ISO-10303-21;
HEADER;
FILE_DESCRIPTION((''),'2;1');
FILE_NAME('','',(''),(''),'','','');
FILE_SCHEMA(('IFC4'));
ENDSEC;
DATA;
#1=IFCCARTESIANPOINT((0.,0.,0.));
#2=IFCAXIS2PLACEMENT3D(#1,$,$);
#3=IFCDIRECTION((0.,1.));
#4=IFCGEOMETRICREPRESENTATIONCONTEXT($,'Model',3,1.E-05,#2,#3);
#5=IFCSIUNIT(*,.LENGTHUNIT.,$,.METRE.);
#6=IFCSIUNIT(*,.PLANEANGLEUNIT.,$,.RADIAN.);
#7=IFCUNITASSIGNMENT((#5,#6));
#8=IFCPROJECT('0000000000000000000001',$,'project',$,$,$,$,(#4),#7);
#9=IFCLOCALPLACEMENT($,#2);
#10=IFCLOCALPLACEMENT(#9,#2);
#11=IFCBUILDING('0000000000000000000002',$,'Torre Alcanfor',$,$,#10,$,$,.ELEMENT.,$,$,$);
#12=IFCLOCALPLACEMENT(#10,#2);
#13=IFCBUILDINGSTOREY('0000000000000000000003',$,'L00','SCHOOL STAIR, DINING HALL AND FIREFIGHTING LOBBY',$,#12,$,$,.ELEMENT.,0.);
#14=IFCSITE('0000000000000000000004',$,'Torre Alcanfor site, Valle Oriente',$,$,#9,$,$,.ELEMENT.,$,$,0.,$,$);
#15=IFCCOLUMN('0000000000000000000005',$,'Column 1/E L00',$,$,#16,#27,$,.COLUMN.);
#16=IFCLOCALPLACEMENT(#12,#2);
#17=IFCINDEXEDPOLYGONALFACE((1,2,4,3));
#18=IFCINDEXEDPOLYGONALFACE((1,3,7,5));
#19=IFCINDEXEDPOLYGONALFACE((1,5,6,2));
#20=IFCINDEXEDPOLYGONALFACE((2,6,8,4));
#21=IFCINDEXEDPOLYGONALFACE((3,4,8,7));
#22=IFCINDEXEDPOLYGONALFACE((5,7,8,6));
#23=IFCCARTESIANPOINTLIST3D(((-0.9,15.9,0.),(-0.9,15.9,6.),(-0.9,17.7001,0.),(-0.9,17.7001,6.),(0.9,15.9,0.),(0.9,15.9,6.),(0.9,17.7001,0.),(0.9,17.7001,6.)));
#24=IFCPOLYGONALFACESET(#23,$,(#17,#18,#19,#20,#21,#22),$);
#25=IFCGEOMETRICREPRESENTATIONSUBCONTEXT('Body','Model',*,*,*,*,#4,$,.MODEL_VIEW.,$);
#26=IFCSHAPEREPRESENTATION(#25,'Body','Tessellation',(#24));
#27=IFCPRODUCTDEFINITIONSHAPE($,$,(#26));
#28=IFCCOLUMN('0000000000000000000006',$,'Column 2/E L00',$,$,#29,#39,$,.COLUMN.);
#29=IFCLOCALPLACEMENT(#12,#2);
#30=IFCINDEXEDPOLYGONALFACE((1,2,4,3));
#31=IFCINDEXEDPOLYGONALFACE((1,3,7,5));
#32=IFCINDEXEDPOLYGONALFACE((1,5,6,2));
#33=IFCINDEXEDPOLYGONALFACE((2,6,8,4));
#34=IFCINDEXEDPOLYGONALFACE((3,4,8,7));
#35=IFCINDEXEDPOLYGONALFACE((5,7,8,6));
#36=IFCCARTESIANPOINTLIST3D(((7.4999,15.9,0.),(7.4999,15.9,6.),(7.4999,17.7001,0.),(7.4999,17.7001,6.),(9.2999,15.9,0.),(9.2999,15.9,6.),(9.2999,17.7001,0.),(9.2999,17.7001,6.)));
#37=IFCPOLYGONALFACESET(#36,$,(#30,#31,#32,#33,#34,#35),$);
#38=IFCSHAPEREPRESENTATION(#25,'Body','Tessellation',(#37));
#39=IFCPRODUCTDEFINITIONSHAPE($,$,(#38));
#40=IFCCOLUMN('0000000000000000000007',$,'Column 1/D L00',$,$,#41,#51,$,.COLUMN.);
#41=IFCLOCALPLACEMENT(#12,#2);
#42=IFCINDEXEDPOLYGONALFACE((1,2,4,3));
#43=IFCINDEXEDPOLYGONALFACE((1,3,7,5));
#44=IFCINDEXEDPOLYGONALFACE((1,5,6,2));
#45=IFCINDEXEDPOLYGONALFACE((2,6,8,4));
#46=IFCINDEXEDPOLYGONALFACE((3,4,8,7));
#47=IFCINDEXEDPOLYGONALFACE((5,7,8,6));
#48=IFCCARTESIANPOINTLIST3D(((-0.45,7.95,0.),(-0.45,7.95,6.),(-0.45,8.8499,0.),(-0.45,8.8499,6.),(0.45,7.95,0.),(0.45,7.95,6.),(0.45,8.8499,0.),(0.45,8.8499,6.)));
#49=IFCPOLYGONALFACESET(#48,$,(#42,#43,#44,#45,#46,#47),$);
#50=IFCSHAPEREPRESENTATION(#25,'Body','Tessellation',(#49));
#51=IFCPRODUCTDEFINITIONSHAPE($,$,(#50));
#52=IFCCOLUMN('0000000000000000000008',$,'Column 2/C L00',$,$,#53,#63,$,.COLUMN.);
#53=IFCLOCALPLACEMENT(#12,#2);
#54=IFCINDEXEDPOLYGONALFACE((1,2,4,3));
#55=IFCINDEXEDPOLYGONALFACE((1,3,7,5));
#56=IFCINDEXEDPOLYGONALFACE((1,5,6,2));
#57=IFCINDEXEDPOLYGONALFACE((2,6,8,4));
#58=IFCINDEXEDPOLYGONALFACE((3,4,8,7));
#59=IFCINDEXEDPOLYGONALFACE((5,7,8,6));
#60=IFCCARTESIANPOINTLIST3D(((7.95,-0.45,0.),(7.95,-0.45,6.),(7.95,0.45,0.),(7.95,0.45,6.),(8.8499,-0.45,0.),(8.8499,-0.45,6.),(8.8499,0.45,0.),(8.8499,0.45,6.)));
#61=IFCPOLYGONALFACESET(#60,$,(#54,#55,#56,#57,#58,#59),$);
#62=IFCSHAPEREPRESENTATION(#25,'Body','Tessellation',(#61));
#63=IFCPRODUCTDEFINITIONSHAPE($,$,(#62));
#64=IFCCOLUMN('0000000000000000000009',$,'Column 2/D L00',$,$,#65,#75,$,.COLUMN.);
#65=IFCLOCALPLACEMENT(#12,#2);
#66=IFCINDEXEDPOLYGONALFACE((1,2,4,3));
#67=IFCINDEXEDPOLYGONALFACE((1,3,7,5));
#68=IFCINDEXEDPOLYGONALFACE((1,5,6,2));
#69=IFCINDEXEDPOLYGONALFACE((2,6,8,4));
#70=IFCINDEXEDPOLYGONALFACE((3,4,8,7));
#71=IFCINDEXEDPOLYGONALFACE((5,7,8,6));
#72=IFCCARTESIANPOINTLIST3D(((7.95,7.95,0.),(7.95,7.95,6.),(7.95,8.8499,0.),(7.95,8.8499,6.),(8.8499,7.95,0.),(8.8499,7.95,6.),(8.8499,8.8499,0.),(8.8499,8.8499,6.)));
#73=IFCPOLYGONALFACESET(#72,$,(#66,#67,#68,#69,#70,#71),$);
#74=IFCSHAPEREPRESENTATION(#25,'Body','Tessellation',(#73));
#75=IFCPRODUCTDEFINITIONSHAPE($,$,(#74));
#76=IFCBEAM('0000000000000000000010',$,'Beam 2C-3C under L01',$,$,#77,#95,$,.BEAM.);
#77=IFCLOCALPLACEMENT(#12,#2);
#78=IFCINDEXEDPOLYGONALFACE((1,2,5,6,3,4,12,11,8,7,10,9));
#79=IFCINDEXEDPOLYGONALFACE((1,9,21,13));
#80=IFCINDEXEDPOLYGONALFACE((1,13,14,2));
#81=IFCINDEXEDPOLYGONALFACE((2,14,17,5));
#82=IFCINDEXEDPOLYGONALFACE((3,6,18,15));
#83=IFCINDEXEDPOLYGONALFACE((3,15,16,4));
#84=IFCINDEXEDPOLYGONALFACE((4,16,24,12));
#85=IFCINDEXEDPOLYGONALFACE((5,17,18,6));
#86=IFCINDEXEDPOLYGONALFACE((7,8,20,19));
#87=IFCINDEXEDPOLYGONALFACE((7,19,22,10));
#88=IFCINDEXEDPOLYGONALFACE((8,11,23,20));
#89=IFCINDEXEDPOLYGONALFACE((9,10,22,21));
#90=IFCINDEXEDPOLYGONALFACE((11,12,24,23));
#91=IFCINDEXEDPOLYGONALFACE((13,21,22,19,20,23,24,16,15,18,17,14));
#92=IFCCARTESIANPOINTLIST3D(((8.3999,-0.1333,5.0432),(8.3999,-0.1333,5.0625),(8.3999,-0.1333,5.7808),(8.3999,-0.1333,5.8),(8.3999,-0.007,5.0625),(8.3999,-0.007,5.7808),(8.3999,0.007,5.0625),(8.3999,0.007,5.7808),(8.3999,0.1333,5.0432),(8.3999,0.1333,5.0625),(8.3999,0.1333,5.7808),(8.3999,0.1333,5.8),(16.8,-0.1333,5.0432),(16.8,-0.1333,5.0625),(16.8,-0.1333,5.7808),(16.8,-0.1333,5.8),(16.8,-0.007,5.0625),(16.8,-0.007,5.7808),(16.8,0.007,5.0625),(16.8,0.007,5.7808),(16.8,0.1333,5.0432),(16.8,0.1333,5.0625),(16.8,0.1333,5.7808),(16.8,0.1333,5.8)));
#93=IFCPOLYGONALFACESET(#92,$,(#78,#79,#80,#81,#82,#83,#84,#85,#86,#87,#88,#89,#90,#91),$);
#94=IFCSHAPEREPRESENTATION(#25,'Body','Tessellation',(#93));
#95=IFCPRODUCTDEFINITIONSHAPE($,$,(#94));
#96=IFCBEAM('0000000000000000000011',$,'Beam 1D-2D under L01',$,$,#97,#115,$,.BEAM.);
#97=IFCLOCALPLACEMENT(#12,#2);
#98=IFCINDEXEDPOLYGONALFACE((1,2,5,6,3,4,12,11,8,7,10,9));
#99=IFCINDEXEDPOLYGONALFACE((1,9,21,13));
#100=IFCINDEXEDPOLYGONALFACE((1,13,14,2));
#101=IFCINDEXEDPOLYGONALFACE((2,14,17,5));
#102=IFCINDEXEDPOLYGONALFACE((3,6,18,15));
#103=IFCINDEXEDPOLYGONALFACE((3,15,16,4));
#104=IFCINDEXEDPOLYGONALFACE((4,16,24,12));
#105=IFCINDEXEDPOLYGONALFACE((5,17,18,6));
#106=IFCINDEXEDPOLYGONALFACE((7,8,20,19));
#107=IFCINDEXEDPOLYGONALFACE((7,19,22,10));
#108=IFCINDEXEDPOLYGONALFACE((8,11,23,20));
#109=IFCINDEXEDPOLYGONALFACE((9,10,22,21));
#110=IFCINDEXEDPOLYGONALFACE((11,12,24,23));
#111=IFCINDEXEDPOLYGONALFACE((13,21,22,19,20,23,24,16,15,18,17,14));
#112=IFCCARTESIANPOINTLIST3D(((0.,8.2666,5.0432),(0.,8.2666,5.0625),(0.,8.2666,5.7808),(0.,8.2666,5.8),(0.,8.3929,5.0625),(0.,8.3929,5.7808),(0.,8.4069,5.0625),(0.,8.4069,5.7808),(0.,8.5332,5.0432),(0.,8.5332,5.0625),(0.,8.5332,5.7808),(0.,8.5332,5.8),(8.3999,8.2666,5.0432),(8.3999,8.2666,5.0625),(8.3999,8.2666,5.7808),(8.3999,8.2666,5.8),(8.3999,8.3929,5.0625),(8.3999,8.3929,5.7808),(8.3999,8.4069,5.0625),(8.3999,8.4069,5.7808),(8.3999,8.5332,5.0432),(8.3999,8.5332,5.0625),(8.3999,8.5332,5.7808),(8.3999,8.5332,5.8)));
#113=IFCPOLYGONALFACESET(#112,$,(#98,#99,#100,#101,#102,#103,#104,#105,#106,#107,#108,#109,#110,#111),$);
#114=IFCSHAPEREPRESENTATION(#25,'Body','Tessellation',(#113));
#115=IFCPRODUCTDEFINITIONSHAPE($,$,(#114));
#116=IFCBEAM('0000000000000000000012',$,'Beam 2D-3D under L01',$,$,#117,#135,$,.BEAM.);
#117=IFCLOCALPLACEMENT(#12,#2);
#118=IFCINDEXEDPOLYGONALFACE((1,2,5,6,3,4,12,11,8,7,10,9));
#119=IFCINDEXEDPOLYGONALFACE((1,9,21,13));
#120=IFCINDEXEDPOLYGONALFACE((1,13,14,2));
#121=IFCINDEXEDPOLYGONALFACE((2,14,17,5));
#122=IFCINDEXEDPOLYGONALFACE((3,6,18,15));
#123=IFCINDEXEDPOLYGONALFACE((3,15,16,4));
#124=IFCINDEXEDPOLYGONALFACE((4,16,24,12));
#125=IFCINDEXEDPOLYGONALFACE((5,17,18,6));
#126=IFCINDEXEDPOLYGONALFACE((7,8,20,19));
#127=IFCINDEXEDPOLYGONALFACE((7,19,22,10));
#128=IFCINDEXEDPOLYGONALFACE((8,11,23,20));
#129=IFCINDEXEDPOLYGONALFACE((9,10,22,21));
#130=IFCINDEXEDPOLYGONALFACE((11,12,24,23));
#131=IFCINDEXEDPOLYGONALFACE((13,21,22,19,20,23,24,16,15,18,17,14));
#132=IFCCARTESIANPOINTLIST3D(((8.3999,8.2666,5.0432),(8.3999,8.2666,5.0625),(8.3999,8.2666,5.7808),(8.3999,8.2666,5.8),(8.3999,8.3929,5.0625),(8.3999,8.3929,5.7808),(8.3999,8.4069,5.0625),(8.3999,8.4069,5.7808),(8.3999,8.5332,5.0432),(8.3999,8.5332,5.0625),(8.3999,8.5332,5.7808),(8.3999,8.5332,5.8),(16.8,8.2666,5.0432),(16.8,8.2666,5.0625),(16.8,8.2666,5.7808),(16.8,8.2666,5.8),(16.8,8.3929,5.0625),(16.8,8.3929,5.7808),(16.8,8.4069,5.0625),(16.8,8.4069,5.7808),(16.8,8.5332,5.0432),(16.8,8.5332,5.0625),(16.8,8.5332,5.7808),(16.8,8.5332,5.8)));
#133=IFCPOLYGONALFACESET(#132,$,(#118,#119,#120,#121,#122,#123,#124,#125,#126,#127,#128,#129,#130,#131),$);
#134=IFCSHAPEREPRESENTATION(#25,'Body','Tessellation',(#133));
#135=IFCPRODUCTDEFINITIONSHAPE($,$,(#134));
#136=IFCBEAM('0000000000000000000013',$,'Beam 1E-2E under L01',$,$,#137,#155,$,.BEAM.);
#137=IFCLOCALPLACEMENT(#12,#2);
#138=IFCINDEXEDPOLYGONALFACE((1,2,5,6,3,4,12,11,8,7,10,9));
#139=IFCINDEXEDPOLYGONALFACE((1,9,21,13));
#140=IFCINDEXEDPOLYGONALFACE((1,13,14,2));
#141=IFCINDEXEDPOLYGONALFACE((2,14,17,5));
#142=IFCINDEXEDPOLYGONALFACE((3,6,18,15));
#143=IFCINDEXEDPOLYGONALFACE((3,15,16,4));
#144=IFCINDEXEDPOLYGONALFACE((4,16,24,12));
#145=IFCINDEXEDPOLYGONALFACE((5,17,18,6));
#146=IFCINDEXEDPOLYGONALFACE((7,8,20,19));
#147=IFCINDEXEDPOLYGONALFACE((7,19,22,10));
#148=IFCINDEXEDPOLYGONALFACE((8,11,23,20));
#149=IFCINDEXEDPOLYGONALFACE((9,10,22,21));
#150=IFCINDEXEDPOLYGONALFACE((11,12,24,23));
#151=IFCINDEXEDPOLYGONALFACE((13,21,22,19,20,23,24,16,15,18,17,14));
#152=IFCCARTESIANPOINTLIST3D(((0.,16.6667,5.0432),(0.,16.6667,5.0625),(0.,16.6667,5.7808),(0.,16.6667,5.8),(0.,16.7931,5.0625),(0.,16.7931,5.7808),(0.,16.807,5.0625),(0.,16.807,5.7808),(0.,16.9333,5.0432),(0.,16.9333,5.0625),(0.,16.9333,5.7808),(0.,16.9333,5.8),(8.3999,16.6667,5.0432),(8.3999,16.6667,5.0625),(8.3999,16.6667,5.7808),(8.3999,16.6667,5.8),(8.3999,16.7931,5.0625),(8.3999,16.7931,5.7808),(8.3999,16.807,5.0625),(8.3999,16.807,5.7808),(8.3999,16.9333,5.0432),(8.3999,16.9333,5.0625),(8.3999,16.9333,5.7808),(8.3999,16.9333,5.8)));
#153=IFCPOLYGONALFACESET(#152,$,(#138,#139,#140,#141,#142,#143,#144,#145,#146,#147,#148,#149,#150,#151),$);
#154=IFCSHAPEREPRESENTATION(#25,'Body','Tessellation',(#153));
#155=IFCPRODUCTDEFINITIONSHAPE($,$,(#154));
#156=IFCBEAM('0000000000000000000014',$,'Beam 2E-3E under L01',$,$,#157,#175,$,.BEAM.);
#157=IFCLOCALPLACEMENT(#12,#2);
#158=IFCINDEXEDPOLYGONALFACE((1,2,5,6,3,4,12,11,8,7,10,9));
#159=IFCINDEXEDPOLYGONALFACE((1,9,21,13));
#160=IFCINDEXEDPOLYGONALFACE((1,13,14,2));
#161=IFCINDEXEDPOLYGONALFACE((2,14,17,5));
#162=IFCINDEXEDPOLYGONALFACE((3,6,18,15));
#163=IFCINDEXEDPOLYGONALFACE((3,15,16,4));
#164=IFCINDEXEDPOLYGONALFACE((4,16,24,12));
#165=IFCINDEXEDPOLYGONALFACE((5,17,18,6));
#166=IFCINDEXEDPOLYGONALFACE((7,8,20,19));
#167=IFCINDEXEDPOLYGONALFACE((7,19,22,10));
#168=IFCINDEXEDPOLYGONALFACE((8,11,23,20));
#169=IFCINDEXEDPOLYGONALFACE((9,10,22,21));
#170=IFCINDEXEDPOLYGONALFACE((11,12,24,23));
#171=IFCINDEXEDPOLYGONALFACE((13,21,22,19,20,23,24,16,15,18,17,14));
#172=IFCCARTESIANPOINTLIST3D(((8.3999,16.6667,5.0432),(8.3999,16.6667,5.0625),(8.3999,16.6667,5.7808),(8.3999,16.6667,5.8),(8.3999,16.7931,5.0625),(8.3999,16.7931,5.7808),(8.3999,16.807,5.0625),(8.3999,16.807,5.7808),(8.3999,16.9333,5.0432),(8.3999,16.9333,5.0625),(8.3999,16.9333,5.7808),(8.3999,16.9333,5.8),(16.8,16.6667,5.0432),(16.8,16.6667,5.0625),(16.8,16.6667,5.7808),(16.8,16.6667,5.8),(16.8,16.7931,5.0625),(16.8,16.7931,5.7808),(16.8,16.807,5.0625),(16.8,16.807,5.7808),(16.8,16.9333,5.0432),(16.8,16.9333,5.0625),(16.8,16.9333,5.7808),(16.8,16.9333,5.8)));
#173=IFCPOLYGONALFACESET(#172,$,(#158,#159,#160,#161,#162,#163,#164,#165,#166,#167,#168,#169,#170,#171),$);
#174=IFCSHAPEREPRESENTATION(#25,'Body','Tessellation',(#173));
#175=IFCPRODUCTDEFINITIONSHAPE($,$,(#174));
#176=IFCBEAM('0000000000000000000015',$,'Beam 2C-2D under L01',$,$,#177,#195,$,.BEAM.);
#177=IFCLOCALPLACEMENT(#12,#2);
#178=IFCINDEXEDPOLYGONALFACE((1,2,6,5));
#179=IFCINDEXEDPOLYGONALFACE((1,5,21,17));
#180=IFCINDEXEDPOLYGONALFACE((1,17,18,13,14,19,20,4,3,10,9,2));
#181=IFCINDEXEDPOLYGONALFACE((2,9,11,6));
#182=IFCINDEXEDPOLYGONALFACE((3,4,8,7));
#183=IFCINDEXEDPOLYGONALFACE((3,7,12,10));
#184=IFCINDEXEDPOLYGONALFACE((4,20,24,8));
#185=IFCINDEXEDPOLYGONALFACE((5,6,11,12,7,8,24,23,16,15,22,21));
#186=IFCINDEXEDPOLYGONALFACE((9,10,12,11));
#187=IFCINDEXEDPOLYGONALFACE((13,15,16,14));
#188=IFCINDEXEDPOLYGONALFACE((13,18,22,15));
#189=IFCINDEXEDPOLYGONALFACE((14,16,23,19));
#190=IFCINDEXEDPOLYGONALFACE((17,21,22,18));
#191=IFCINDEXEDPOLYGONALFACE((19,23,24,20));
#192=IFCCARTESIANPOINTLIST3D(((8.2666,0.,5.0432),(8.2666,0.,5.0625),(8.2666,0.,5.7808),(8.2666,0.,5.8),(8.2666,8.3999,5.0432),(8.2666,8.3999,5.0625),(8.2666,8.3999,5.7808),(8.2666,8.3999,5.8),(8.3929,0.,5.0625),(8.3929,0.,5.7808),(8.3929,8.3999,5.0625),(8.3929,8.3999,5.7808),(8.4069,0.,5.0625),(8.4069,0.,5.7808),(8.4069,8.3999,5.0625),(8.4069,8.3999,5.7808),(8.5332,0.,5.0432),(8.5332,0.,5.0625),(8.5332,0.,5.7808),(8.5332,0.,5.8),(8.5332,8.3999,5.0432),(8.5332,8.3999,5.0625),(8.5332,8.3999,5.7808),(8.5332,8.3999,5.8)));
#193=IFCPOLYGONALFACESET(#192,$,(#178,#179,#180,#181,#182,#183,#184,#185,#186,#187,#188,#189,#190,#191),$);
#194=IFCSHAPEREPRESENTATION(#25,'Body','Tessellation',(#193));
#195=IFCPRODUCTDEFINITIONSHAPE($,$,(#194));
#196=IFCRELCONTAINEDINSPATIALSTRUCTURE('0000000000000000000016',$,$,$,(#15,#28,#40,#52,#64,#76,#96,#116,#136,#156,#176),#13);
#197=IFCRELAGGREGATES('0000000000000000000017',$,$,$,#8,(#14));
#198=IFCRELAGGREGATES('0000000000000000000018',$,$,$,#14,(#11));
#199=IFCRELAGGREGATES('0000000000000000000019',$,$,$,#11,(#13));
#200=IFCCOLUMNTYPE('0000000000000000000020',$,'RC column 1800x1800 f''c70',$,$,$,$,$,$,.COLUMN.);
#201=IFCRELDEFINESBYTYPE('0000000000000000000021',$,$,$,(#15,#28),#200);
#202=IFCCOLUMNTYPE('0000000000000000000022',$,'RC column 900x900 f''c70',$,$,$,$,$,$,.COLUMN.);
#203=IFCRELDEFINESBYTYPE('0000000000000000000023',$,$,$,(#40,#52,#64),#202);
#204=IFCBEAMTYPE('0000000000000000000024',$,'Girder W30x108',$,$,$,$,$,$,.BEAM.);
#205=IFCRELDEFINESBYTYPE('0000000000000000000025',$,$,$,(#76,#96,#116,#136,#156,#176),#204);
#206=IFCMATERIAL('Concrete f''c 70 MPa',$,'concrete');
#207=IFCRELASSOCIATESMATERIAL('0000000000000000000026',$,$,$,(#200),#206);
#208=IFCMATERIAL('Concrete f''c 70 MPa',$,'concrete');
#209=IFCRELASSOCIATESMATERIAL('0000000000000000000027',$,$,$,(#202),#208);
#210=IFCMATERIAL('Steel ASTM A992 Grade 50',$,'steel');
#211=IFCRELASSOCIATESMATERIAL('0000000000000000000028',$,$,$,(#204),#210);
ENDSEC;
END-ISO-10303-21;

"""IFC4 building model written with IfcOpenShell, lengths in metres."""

from ifc_helpers import new_model, si_unit, direction, frame, origin, origin_2d, place, context, subcontext, project, spatial, rectangle, i_section, extrude, material, material_profile, profile_set, type_object, element, save


model = new_model("IFC4")

# Units and contexts
model_context = context("Model", 3, precision=1e-05, world=origin(), true_north=direction((0.0, 1.0)))
body_context = subcontext(model_context, "Body", "Model", "MODEL_VIEW")
ifc_project = project(units=[si_unit("LENGTHUNIT", "METRE"), si_unit("PLANEANGLEUNIT", "RADIAN")], contexts=[model_context])

# Site, building, storey
site_placement = place(None, origin())
site = spatial("IfcSite", under=ifc_project, at=site_placement, Name="Torre Alcanfor site, Valle Oriente", CompositionType="ELEMENT", RefElevation=0.0)
building_placement = place(site_placement, origin())
building = spatial("IfcBuilding", under=site, at=building_placement, Name="Torre Alcanfor", CompositionType="ELEMENT")
storey_placement = place(building_placement, origin())
storey = spatial("IfcBuildingStorey", under=building, at=storey_placement, Name="L00", Description="SCHOOL STAIR, DINING HALL AND FIREFIGHTING LOBBY", CompositionType="ELEMENT", Elevation=0.0)

# Columns
ifc_material_1 = material(Name="Concrete f'c 70 MPa", Category="concrete")
ifc_material_profile_1 = material_profile(ifc_material_1, rectangle(XDim=1.8, YDim=1.8, at=origin_2d()), Name="1800x1800")
ifc_profile_set_1 = profile_set([ifc_material_profile_1], Name="Concrete f'c 70 MPa")
column_type_1 = type_object("IfcColumnType", Name="RC column 1800x1800 f'c70", PredefinedType="COLUMN", material=ifc_profile_set_1)
for number, where, z_axis, x_axis, name in (
    (1, (0.0, 16.8, 0.0), (0.0, 0.0, 1.0), (1.0, 0.0, 0.0), "Column 1/E L00"),
    (2, (8.3999, 16.8, 0.0), (0.0, 0.0, 1.0), (1.0, 0.0, 0.0), "Column 2/E L00"),
):
    element("IfcColumn", number, at=place(storey_placement, frame(where, z_axis=z_axis, x_axis=x_axis)), inside=storey, type_object=column_type_1, Name=name, PredefinedType="COLUMN", context=body_context, shape_type="SweptSolid", body=[
        extrude(rectangle(XDim=1.8, YDim=1.8, at=origin_2d()), origin(), (0.0, 0.0, 1.0), 6.0),
    ])
ifc_material_2 = material(Name="Concrete f'c 70 MPa", Category="concrete")
ifc_material_profile_2 = material_profile(ifc_material_2, rectangle(XDim=0.8999, YDim=0.8999, at=origin_2d()), Name="900x900")
ifc_profile_set_2 = profile_set([ifc_material_profile_2], Name="Concrete f'c 70 MPa")
column_type_2 = type_object("IfcColumnType", Name="RC column 900x900 f'c70", PredefinedType="COLUMN", material=ifc_profile_set_2)
for number, where, z_axis, x_axis, name in (
    (3, (0.0, 8.3999, 0.0), (0.0, 0.0, 1.0), (1.0, 0.0, 0.0), "Column 1/D L00"),
    (4, (8.3999, 0.0, 0.0), (0.0, 0.0, 1.0), (1.0, 0.0, 0.0), "Column 2/C L00"),
    (5, (8.3999, 8.3999, 0.0), (0.0, 0.0, 1.0), (1.0, 0.0, 0.0), "Column 2/D L00"),
):
    element("IfcColumn", number, at=place(storey_placement, frame(where, z_axis=z_axis, x_axis=x_axis)), inside=storey, type_object=column_type_2, Name=name, PredefinedType="COLUMN", context=body_context, shape_type="SweptSolid", body=[
        extrude(rectangle(XDim=0.8999, YDim=0.8999, at=origin_2d()), origin(), (0.0, 0.0, 1.0), 6.0),
    ])

# Beams
ifc_material_3 = material(Name="Steel ASTM A992 Grade 50", Category="steel")
ifc_material_profile_3 = material_profile(ifc_material_3, i_section(OverallWidth=0.2666, OverallDepth=0.7568, WebThickness=0.0139, FlangeThickness=0.0193, at=origin_2d()), Name="W30x108")
ifc_profile_set_3 = profile_set([ifc_material_profile_3], Name="Steel ASTM A992 Grade 50")
beam_type_1 = type_object("IfcBeamType", Name="Girder W30x108", PredefinedType="BEAM", material=ifc_profile_set_3)
beam_1_placement = place(storey_placement, frame((8.3999, 0.0, 5.4216), z_axis=(1.0, 0.0, 0.0), x_axis=(0.0, 1.0, 0.0)))
element("IfcBeam", 6, at=beam_1_placement, inside=storey, type_object=beam_type_1, Name="Beam 2C-3C under L01", PredefinedType="BEAM", context=body_context, shape_type="SweptSolid", body=[
    extrude(i_section(OverallWidth=0.2666, OverallDepth=0.7568, WebThickness=0.0139, FlangeThickness=0.0193, at=origin_2d()), origin(), (0.0, 0.0, 1.0), 8.4001),
])
beam_2_placement = place(storey_placement, frame((0.0, 8.3999, 5.4216), z_axis=(1.0, 0.0, 0.0), x_axis=(0.0, 1.0, 0.0)))
element("IfcBeam", 7, at=beam_2_placement, inside=storey, type_object=beam_type_1, Name="Beam 1D-2D under L01", PredefinedType="BEAM", context=body_context, shape_type="SweptSolid", body=[
    extrude(i_section(OverallWidth=0.2666, OverallDepth=0.7568, WebThickness=0.0139, FlangeThickness=0.0193, at=origin_2d()), origin(), (0.0, 0.0, 1.0), 8.3999),
])
beam_3_placement = place(storey_placement, frame((8.3999, 8.3999, 5.4216), z_axis=(1.0, 0.0, 0.0), x_axis=(0.0, 1.0, 0.0)))
element("IfcBeam", 8, at=beam_3_placement, inside=storey, type_object=beam_type_1, Name="Beam 2D-3D under L01", PredefinedType="BEAM", context=body_context, shape_type="SweptSolid", body=[
    extrude(i_section(OverallWidth=0.2666, OverallDepth=0.7568, WebThickness=0.0139, FlangeThickness=0.0193, at=origin_2d()), origin(), (0.0, 0.0, 1.0), 8.4001),
])
beam_4_placement = place(storey_placement, frame((0.0, 16.8, 5.4216), z_axis=(1.0, 0.0, 0.0), x_axis=(0.0, 1.0, 0.0)))
element("IfcBeam", 9, at=beam_4_placement, inside=storey, type_object=beam_type_1, Name="Beam 1E-2E under L01", PredefinedType="BEAM", context=body_context, shape_type="SweptSolid", body=[
    extrude(i_section(OverallWidth=0.2666, OverallDepth=0.7568, WebThickness=0.0139, FlangeThickness=0.0193, at=origin_2d()), origin(), (0.0, 0.0, 1.0), 8.3999),
])
beam_5_placement = place(storey_placement, frame((8.3999, 16.8, 5.4216), z_axis=(1.0, 0.0, 0.0), x_axis=(0.0, 1.0, 0.0)))
element("IfcBeam", 10, at=beam_5_placement, inside=storey, type_object=beam_type_1, Name="Beam 2E-3E under L01", PredefinedType="BEAM", context=body_context, shape_type="SweptSolid", body=[
    extrude(i_section(OverallWidth=0.2666, OverallDepth=0.7568, WebThickness=0.0139, FlangeThickness=0.0193, at=origin_2d()), origin(), (0.0, 0.0, 1.0), 8.4001),
])
beam_6_placement = place(storey_placement, frame((8.3999, 0.0, 5.4216), z_axis=(0.0, 1.0, 0.0), x_axis=(-1.0, 0.0, 0.0)))
element("IfcBeam", 11, at=beam_6_placement, inside=storey, type_object=beam_type_1, Name="Beam 2C-2D under L01", PredefinedType="BEAM", context=body_context, shape_type="SweptSolid", body=[
    extrude(i_section(OverallWidth=0.2666, OverallDepth=0.7568, WebThickness=0.0139, FlangeThickness=0.0193, at=origin_2d()), origin(), (0.0, 0.0, 1.0), 8.3999),
])

save(model, "model.ifc")
